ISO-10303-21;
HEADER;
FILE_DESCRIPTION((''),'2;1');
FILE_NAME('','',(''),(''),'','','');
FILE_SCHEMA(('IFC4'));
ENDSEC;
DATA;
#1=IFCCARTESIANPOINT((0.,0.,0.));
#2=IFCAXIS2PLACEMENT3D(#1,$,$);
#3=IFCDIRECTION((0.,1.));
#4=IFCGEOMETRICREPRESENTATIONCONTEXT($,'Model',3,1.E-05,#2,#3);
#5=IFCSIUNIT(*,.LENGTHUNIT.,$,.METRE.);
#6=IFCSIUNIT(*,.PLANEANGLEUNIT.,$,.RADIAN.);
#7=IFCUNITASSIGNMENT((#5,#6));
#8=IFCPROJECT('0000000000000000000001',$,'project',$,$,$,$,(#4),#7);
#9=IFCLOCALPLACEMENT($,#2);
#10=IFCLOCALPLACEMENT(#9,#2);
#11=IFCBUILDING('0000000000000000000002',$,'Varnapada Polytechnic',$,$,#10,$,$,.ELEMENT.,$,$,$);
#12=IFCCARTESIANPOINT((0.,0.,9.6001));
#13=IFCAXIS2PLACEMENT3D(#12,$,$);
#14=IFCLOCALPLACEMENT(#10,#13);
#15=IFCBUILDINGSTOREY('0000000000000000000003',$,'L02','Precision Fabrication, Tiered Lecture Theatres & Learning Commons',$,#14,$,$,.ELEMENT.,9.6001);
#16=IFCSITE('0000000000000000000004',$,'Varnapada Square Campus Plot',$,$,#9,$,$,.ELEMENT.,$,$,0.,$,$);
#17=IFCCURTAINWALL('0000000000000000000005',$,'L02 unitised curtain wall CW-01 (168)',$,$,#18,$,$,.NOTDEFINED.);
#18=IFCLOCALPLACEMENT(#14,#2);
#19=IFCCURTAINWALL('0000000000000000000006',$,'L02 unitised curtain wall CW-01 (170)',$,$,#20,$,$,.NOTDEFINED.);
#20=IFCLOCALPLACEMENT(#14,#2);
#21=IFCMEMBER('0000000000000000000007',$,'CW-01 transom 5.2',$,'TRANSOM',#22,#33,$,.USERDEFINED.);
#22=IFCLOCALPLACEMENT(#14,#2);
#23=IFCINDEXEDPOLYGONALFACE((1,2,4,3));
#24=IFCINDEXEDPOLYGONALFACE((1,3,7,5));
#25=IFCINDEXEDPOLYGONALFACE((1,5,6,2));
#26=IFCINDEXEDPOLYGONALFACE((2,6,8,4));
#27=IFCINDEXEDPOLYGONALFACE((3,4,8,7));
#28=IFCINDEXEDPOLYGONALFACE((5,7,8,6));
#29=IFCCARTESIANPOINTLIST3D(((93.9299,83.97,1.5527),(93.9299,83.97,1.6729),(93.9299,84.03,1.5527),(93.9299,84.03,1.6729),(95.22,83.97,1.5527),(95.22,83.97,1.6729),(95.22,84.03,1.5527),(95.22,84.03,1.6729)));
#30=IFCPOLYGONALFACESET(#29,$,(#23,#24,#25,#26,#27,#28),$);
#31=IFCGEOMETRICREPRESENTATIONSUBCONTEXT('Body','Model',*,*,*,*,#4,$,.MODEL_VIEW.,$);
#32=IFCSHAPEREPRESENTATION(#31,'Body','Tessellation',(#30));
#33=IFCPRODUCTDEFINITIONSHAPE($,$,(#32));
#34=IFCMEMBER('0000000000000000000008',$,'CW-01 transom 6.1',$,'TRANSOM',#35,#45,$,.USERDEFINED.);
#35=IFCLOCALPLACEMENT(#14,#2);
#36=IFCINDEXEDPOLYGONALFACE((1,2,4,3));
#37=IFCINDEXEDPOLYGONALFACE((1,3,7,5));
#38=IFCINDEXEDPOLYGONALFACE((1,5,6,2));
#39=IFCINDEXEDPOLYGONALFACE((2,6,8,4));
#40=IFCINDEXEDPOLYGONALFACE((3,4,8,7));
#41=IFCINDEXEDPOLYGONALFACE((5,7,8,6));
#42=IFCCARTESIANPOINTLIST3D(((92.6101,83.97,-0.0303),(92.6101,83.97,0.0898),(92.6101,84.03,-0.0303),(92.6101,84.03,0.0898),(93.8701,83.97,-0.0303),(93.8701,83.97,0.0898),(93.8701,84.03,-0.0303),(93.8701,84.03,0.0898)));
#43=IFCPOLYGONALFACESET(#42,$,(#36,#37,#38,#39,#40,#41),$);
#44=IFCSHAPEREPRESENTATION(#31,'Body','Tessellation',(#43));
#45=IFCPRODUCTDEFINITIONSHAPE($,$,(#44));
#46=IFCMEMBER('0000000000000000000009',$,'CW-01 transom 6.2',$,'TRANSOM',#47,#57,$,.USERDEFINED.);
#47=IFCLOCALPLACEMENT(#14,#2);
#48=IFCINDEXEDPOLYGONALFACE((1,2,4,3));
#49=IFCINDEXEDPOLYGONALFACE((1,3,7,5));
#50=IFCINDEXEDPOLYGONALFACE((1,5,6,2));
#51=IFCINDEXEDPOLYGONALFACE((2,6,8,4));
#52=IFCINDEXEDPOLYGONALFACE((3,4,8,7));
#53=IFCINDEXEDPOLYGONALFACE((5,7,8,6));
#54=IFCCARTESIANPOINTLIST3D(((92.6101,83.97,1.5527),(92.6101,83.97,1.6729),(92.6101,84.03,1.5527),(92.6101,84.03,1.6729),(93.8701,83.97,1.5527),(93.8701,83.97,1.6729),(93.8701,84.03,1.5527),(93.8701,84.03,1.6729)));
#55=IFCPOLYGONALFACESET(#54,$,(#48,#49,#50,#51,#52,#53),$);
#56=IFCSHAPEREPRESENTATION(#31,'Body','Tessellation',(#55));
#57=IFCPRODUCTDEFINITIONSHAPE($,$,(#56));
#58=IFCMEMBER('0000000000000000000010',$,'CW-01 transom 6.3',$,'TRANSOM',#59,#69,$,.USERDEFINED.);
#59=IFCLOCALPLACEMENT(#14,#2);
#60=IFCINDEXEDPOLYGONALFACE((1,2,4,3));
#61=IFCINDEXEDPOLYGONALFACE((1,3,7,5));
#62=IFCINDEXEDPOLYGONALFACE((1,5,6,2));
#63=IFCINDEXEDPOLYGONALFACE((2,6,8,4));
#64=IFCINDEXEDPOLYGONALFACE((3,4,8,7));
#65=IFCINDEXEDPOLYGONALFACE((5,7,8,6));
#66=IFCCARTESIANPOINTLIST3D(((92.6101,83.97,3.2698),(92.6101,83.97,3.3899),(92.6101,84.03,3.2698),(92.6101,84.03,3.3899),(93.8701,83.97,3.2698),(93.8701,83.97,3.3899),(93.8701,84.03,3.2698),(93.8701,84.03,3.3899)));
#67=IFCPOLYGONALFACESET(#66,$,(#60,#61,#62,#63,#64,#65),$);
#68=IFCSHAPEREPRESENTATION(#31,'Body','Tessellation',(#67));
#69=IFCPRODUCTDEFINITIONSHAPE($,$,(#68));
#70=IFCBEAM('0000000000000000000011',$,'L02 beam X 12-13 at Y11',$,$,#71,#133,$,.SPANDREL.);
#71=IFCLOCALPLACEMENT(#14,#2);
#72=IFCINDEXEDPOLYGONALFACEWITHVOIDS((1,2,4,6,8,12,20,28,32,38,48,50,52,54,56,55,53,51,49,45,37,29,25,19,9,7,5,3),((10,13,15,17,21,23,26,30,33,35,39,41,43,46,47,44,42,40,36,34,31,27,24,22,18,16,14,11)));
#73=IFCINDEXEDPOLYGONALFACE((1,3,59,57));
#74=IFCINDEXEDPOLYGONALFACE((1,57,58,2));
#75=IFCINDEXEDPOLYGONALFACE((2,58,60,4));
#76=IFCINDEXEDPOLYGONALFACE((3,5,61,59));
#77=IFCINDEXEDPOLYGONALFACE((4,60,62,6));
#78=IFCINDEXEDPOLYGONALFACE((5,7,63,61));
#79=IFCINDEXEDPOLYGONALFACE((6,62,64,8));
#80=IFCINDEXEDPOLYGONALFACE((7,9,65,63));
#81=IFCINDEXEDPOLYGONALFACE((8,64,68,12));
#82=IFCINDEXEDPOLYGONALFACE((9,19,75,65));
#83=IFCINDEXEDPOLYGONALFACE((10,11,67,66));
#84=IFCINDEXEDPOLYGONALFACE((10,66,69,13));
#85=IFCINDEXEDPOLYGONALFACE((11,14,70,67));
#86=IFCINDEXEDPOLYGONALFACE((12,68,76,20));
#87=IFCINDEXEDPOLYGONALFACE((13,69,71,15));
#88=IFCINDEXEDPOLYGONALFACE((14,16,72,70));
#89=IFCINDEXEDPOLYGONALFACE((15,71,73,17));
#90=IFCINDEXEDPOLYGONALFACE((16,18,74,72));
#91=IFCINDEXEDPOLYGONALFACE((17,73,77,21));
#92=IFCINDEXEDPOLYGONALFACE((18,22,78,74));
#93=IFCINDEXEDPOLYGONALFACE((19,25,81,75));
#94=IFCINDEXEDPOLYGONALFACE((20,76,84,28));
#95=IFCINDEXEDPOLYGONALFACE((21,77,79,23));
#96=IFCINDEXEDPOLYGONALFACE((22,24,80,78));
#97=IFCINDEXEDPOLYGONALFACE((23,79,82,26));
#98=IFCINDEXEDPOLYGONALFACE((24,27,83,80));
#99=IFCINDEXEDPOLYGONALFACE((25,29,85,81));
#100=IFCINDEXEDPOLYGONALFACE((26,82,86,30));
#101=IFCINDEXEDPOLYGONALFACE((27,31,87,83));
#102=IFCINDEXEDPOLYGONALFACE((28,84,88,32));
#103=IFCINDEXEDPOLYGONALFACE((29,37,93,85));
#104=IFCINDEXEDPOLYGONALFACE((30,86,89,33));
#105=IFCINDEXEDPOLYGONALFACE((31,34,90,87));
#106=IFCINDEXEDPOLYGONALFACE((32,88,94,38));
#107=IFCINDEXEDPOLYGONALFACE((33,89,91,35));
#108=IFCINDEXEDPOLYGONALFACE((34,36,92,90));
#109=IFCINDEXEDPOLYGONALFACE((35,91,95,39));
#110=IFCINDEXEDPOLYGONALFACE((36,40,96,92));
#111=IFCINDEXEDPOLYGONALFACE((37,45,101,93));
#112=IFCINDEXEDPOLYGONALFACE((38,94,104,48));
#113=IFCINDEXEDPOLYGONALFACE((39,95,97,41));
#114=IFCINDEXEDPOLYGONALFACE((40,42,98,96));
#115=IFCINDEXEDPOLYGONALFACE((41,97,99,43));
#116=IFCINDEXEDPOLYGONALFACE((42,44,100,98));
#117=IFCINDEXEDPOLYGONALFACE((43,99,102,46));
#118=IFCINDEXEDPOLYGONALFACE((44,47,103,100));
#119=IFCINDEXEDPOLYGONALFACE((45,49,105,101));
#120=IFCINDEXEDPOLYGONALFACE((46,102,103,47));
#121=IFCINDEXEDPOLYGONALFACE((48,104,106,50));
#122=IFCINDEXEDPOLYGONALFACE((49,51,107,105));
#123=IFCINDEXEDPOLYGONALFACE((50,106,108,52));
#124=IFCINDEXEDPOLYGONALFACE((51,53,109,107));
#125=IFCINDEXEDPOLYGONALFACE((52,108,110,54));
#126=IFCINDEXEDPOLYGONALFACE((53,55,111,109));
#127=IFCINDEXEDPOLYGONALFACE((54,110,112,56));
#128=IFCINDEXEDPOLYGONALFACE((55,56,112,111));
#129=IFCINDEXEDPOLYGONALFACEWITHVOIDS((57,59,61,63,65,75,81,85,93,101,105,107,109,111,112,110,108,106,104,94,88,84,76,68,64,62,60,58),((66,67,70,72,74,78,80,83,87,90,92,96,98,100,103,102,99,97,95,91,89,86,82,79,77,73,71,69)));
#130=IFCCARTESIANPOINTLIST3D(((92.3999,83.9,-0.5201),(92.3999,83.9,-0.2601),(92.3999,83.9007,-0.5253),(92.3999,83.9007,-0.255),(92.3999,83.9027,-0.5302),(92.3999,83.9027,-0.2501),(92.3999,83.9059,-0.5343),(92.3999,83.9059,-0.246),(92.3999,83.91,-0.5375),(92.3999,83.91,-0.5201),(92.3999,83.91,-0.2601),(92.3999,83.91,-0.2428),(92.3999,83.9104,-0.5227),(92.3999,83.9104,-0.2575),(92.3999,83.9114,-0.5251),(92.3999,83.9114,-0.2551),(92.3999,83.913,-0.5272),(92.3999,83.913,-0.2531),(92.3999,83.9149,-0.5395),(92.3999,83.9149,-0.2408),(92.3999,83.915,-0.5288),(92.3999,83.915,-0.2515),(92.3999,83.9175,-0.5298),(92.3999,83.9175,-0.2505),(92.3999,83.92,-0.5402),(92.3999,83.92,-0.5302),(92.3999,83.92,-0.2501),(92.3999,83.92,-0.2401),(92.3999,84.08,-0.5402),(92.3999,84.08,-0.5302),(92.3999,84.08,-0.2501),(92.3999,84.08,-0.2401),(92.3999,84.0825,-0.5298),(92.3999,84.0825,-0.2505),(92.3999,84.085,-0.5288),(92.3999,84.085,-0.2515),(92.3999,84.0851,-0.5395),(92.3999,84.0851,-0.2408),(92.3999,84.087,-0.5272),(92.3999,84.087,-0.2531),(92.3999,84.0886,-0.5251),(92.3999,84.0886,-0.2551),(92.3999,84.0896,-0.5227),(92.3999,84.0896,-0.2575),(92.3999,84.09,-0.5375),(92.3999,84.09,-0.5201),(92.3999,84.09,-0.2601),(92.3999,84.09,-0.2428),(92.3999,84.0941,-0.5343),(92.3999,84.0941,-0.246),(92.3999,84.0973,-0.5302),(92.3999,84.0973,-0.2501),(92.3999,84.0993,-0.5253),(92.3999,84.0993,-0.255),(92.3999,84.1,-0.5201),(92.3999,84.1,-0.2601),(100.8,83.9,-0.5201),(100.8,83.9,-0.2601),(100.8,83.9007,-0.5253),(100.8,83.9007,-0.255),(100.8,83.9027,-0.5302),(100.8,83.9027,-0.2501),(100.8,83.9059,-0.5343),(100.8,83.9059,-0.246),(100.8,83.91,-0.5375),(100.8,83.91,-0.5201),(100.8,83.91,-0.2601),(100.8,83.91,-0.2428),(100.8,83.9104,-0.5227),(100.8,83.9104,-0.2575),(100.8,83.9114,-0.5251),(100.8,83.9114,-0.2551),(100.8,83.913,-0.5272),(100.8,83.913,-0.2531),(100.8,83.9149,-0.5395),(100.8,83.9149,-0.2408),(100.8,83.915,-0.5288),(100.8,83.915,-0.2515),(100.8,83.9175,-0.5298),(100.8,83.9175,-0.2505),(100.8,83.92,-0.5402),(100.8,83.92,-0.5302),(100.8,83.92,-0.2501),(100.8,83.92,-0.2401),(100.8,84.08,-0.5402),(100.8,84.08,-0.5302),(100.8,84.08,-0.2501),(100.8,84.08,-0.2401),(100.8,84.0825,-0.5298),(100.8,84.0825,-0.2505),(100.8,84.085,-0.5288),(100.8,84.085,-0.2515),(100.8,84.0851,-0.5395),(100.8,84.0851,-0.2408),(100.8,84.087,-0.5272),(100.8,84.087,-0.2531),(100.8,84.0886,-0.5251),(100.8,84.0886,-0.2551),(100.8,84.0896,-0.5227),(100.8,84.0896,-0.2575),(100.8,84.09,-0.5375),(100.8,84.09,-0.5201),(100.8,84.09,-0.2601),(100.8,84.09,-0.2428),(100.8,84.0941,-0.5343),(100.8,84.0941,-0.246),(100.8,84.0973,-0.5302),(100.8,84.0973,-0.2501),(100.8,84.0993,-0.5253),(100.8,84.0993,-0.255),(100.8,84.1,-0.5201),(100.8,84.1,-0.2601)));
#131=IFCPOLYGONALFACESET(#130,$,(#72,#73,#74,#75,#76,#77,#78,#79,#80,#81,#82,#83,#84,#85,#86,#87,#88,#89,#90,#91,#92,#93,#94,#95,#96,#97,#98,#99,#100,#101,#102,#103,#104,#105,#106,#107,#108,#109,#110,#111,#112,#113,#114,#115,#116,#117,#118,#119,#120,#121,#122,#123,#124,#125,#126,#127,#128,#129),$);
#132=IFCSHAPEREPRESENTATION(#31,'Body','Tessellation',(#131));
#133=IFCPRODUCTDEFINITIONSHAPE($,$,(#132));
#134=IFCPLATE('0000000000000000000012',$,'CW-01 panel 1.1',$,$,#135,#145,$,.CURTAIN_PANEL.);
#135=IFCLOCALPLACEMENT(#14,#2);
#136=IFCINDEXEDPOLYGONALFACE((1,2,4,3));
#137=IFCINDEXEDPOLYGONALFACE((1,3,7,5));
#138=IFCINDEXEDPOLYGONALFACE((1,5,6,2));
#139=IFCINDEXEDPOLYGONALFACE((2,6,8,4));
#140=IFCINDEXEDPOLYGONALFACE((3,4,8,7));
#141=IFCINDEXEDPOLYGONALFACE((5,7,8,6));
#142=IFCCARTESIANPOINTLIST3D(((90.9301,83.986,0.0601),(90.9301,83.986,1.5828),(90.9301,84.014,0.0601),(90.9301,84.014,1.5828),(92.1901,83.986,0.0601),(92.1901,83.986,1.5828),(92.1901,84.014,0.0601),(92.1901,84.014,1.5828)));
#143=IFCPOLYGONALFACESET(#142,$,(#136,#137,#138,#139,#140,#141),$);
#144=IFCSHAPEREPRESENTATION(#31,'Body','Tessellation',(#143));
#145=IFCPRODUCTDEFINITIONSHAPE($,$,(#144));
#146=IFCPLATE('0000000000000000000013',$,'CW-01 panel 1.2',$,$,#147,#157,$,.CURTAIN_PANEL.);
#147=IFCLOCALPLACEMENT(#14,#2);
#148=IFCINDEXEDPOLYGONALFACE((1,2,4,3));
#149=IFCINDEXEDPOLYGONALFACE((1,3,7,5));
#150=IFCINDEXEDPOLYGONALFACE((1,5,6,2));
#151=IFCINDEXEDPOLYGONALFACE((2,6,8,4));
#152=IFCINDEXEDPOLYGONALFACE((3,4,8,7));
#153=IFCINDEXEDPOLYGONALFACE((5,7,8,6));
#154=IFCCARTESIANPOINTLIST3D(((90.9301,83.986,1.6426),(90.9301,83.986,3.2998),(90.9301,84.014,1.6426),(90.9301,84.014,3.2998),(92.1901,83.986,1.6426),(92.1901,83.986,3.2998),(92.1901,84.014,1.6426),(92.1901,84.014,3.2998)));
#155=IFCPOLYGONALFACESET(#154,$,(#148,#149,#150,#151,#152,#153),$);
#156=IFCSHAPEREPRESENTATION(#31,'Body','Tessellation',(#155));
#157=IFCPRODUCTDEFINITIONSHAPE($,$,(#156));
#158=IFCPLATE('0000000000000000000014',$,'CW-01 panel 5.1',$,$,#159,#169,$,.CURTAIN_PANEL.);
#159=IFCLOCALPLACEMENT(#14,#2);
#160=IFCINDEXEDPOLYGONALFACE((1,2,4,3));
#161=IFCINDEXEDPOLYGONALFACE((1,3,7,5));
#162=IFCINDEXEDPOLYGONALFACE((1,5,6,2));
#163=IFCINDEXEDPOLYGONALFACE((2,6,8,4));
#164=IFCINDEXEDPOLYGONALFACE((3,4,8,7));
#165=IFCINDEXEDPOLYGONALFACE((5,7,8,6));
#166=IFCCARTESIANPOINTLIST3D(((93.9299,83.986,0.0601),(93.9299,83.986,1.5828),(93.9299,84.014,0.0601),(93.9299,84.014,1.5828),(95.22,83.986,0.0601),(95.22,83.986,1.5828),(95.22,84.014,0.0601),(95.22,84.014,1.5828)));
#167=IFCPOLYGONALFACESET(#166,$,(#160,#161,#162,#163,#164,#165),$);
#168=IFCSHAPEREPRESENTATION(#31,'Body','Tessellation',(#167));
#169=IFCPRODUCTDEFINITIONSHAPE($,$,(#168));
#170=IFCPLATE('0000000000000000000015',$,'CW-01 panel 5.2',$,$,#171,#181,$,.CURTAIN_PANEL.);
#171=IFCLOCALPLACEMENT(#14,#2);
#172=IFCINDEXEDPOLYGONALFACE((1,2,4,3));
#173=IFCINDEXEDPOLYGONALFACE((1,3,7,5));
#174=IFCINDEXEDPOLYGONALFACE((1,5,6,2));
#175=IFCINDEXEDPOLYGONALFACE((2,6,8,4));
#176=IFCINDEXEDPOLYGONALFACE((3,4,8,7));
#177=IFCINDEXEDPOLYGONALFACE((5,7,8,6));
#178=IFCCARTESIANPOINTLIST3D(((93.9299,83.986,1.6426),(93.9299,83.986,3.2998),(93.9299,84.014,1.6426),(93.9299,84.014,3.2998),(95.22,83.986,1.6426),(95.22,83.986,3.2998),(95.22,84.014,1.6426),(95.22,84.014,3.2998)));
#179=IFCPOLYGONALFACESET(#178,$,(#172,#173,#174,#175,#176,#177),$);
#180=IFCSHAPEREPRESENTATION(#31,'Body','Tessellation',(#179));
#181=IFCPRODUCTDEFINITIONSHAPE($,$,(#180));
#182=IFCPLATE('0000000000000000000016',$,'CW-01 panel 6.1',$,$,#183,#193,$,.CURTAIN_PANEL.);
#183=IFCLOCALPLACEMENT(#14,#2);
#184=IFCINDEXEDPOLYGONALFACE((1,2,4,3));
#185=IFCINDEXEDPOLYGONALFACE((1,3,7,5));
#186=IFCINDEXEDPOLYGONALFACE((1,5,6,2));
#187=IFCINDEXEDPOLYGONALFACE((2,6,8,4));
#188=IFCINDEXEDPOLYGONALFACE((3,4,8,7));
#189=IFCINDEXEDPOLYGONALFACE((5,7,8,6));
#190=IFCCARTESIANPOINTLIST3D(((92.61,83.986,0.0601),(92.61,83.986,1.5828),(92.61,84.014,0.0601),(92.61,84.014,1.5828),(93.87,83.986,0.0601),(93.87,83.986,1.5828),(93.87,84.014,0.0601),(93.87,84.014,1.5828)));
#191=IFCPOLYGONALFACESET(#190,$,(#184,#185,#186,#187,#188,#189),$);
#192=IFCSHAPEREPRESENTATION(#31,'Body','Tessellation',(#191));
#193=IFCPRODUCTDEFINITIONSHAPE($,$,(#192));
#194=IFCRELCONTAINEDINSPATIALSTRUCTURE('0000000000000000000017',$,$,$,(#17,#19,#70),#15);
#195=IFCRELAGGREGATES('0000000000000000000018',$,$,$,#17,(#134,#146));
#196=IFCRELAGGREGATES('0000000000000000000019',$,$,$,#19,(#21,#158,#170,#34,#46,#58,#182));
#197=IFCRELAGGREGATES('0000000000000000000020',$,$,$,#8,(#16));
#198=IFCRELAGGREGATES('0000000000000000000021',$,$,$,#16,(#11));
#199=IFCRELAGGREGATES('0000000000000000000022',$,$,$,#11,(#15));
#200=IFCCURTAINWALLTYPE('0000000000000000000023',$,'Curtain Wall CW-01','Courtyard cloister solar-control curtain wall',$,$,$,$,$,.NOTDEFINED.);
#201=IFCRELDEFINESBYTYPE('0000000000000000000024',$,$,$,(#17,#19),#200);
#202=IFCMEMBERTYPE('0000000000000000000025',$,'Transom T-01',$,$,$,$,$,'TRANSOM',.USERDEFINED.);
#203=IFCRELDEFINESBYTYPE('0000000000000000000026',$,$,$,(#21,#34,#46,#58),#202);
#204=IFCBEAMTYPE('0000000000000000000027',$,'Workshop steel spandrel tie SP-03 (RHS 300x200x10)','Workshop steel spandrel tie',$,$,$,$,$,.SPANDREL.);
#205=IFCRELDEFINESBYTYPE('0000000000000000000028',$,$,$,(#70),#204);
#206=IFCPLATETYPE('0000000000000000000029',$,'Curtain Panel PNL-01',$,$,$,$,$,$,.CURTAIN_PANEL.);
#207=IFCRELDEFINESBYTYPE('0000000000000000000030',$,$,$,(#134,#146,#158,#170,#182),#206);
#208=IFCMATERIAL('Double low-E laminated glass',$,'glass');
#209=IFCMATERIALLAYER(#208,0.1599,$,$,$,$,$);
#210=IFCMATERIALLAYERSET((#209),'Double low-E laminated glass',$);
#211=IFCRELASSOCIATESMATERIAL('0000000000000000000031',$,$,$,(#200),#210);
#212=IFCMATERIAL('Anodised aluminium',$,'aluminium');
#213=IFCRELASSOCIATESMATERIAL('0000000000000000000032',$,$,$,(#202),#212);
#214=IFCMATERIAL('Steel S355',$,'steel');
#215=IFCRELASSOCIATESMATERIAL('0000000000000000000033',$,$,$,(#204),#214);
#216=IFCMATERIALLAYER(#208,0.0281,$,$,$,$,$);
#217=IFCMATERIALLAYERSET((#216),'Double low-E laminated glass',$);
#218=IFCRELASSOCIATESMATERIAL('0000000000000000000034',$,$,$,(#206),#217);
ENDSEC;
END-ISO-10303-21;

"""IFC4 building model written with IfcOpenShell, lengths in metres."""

from ifc_helpers import new_model, si_unit, direction, frame, origin, origin_2d, place, context, subcontext, project, spatial, rectangle, hollow_rectangle, extrude, material, layer, layer_set, material_profile, profile_set, type_object, element, aggregate, save


model = new_model("IFC4")

# Units and contexts
model_context = context("Model", 3, precision=1e-05, world=origin(), true_north=direction((0.0, 1.0)))
body_context = subcontext(model_context, "Body", "Model", "MODEL_VIEW")
ifc_project = project(units=[si_unit("LENGTHUNIT", "METRE"), si_unit("PLANEANGLEUNIT", "RADIAN")], contexts=[model_context])

# Site, building, storey
site_placement = place(None, origin())
site = spatial("IfcSite", under=ifc_project, at=site_placement, Name="Varnapada Square Campus Plot", CompositionType="ELEMENT", RefElevation=0.0)
building_placement = place(site_placement, origin())
building = spatial("IfcBuilding", under=site, at=building_placement, Name="Varnapada Polytechnic", CompositionType="ELEMENT")
storey_placement = place(building_placement, frame((0.0, 0.0, 9.6001)))
storey = spatial("IfcBuildingStorey", under=building, at=storey_placement, Name="L02", Description="Precision Fabrication, Tiered Lecture Theatres & Learning Commons", CompositionType="ELEMENT", Elevation=9.6001)

# Shared definitions
ifc_material_1 = material(Name="Steel S355", Category="steel")

# Curtain wall
ifc_material_2 = material(Name="Double low-E laminated glass", Category="glass")
ifc_layer_1 = layer(ifc_material_2, 0.1599)
ifc_layer_set_1 = layer_set([ifc_layer_1], Name="Double low-E laminated glass")
curtain_wall_type = type_object("IfcCurtainWallType", Name="Curtain Wall CW-01", Description="Courtyard cloister solar-control curtain wall", PredefinedType="NOTDEFINED", material=ifc_layer_set_1)
curtain_wall_1_placement = place(storey_placement, origin())
curtain_wall_1 = element("IfcCurtainWall", 1, at=curtain_wall_1_placement, inside=storey, type_object=curtain_wall_type, Name="L02 unitised curtain wall CW-01 (168)", PredefinedType="NOTDEFINED")
ifc_material_3 = material(Name="Anodised aluminium", Category="aluminium")

# Curtain wall
curtain_wall_2_placement = place(storey_placement, origin())
curtain_wall_2 = element("IfcCurtainWall", 2, at=curtain_wall_2_placement, inside=storey, type_object=curtain_wall_type, Name="L02 unitised curtain wall CW-01 (170)", PredefinedType="NOTDEFINED")

# Members
ifc_material_profile_1 = material_profile(ifc_material_3, rectangle(XDim=0.0601, YDim=0.1201, at=origin_2d()), Name="ALU T60x120")
ifc_profile_set_1 = profile_set([ifc_material_profile_1], Name="Anodised aluminium")
member_type_1 = type_object("IfcMemberType", Name="Transom T-01", ElementType="TRANSOM", PredefinedType="USERDEFINED", material=ifc_profile_set_1)
member_1_placement = place(storey_placement, frame((95.22, 84.0, 1.6128), z_axis=(-1.0, 0.0, 0.0), x_axis=(0.0, -1.0, 0.0)))
member_1 = element("IfcMember", 3, at=member_1_placement, type_object=member_type_1, Name="CW-01 transom 5.2", ObjectType="TRANSOM", PredefinedType="USERDEFINED", context=body_context, shape_type="SweptSolid", body=[
    extrude(rectangle(XDim=0.0601, YDim=0.1201, at=origin_2d()), origin(), (0.0, 0.0, 1.0), 1.29),
])
member_2_placement = place(storey_placement, frame((93.8701, 84.0, 0.0298), z_axis=(-1.0, 0.0, 0.0), x_axis=(0.0, -1.0, 0.0)))
member_2 = element("IfcMember", 4, at=member_2_placement, type_object=member_type_1, Name="CW-01 transom 6.1", ObjectType="TRANSOM", PredefinedType="USERDEFINED", context=body_context, shape_type="SweptSolid", body=[
    extrude(rectangle(XDim=0.0601, YDim=0.1201, at=origin_2d()), origin(), (0.0, 0.0, 1.0), 1.26),
])
member_3_placement = place(storey_placement, frame((93.8701, 84.0, 1.6128), z_axis=(-1.0, 0.0, 0.0), x_axis=(0.0, -1.0, 0.0)))
member_3 = element("IfcMember", 5, at=member_3_placement, type_object=member_type_1, Name="CW-01 transom 6.2", ObjectType="TRANSOM", PredefinedType="USERDEFINED", context=body_context, shape_type="SweptSolid", body=[
    extrude(rectangle(XDim=0.0601, YDim=0.1201, at=origin_2d()), origin(), (0.0, 0.0, 1.0), 1.26),
])
member_4_placement = place(storey_placement, frame((93.8701, 84.0, 3.3298), z_axis=(-1.0, 0.0, 0.0), x_axis=(0.0, -1.0, 0.0)))
member_4 = element("IfcMember", 6, at=member_4_placement, type_object=member_type_1, Name="CW-01 transom 6.3", ObjectType="TRANSOM", PredefinedType="USERDEFINED", context=body_context, shape_type="SweptSolid", body=[
    extrude(rectangle(XDim=0.0601, YDim=0.1201, at=origin_2d()), origin(), (0.0, 0.0, 1.0), 1.26),
])

# Beam
ifc_material_profile_2 = material_profile(ifc_material_1, hollow_rectangle(XDim=0.2, YDim=0.3, WallThickness=0.01, InnerFilletRadius=0.01, OuterFilletRadius=0.02, at=origin_2d()), Name="RHS 300x200x10")
ifc_profile_set_2 = profile_set([ifc_material_profile_2], Name="Steel S355")
beam_type_1 = type_object("IfcBeamType", Name="Workshop steel spandrel tie SP-03 (RHS 300x200x10)", Description="Workshop steel spandrel tie", PredefinedType="SPANDREL", material=ifc_profile_set_2)
beam_1_placement = place(storey_placement, frame((92.3999, 84.0, -0.3901), z_axis=(1.0, 0.0, 0.0), x_axis=(0.0, 1.0, 0.0)))
element("IfcBeam", 7, at=beam_1_placement, inside=storey, type_object=beam_type_1, Name="L02 beam X 12-13 at Y11", PredefinedType="SPANDREL", context=body_context, shape_type="SweptSolid", body=[
    extrude(hollow_rectangle(XDim=0.2, YDim=0.3, WallThickness=0.01, InnerFilletRadius=0.01, OuterFilletRadius=0.02, at=origin_2d()), origin(), (0.0, 0.0, 1.0), 8.4001),
])

# Plates
ifc_layer_2 = layer(ifc_material_2, 0.0281)
ifc_layer_set_2 = layer_set([ifc_layer_2], Name="Double low-E laminated glass")
plate_type = type_object("IfcPlateType", Name="Curtain Panel PNL-01", PredefinedType="CURTAIN_PANEL", material=ifc_layer_set_2)
plate_1_placement = place(storey_placement, frame((91.5601, 84.0, 0.0601), z_axis=(0.0, 0.0, 1.0), x_axis=(-1.0, 0.0, 0.0)))
plate_1 = element("IfcPlate", 8, at=plate_1_placement, type_object=plate_type, Name="CW-01 panel 1.1", PredefinedType="CURTAIN_PANEL", context=body_context, shape_type="SweptSolid", body=[
    extrude(rectangle(XDim=1.26, YDim=0.0281, at=origin_2d()), origin(), (0.0, 0.0, 1.0), 1.5227),
])
plate_2_placement = place(storey_placement, frame((91.5601, 84.0, 1.6426), z_axis=(0.0, 0.0, 1.0), x_axis=(-1.0, 0.0, 0.0)))
plate_2 = element("IfcPlate", 9, at=plate_2_placement, type_object=plate_type, Name="CW-01 panel 1.2", PredefinedType="CURTAIN_PANEL", context=body_context, shape_type="SweptSolid", body=[
    extrude(rectangle(XDim=1.26, YDim=0.0281, at=origin_2d()), origin(), (0.0, 0.0, 1.0), 1.6572),
])
aggregate(curtain_wall_1, [plate_1, plate_2])
plate_3_placement = place(storey_placement, frame((94.575, 84.0, 0.0601), z_axis=(0.0, 0.0, 1.0), x_axis=(-1.0, 0.0, 0.0)))
plate_3 = element("IfcPlate", 10, at=plate_3_placement, type_object=plate_type, Name="CW-01 panel 5.1", PredefinedType="CURTAIN_PANEL", context=body_context, shape_type="SweptSolid", body=[
    extrude(rectangle(XDim=1.29, YDim=0.0281, at=origin_2d()), origin(), (0.0, 0.0, 1.0), 1.5227),
])
plate_4_placement = place(storey_placement, frame((94.575, 84.0, 1.6426), z_axis=(0.0, 0.0, 1.0), x_axis=(-1.0, 0.0, 0.0)))
plate_4 = element("IfcPlate", 11, at=plate_4_placement, type_object=plate_type, Name="CW-01 panel 5.2", PredefinedType="CURTAIN_PANEL", context=body_context, shape_type="SweptSolid", body=[
    extrude(rectangle(XDim=1.29, YDim=0.0281, at=origin_2d()), origin(), (0.0, 0.0, 1.0), 1.6572),
])
plate_5_placement = place(storey_placement, frame((93.24, 84.0, 0.0601), z_axis=(0.0, 0.0, 1.0), x_axis=(-1.0, 0.0, 0.0)))
plate_5 = element("IfcPlate", 12, at=plate_5_placement, type_object=plate_type, Name="CW-01 panel 6.1", PredefinedType="CURTAIN_PANEL", context=body_context, shape_type="SweptSolid", body=[
    extrude(rectangle(XDim=1.26, YDim=0.0281, at=origin_2d()), origin(), (0.0, 0.0, 1.0), 1.5227),
])
aggregate(curtain_wall_2, [member_1, plate_3, plate_4, member_2, member_3, member_4, plate_5])

save(model, "model.ifc")
